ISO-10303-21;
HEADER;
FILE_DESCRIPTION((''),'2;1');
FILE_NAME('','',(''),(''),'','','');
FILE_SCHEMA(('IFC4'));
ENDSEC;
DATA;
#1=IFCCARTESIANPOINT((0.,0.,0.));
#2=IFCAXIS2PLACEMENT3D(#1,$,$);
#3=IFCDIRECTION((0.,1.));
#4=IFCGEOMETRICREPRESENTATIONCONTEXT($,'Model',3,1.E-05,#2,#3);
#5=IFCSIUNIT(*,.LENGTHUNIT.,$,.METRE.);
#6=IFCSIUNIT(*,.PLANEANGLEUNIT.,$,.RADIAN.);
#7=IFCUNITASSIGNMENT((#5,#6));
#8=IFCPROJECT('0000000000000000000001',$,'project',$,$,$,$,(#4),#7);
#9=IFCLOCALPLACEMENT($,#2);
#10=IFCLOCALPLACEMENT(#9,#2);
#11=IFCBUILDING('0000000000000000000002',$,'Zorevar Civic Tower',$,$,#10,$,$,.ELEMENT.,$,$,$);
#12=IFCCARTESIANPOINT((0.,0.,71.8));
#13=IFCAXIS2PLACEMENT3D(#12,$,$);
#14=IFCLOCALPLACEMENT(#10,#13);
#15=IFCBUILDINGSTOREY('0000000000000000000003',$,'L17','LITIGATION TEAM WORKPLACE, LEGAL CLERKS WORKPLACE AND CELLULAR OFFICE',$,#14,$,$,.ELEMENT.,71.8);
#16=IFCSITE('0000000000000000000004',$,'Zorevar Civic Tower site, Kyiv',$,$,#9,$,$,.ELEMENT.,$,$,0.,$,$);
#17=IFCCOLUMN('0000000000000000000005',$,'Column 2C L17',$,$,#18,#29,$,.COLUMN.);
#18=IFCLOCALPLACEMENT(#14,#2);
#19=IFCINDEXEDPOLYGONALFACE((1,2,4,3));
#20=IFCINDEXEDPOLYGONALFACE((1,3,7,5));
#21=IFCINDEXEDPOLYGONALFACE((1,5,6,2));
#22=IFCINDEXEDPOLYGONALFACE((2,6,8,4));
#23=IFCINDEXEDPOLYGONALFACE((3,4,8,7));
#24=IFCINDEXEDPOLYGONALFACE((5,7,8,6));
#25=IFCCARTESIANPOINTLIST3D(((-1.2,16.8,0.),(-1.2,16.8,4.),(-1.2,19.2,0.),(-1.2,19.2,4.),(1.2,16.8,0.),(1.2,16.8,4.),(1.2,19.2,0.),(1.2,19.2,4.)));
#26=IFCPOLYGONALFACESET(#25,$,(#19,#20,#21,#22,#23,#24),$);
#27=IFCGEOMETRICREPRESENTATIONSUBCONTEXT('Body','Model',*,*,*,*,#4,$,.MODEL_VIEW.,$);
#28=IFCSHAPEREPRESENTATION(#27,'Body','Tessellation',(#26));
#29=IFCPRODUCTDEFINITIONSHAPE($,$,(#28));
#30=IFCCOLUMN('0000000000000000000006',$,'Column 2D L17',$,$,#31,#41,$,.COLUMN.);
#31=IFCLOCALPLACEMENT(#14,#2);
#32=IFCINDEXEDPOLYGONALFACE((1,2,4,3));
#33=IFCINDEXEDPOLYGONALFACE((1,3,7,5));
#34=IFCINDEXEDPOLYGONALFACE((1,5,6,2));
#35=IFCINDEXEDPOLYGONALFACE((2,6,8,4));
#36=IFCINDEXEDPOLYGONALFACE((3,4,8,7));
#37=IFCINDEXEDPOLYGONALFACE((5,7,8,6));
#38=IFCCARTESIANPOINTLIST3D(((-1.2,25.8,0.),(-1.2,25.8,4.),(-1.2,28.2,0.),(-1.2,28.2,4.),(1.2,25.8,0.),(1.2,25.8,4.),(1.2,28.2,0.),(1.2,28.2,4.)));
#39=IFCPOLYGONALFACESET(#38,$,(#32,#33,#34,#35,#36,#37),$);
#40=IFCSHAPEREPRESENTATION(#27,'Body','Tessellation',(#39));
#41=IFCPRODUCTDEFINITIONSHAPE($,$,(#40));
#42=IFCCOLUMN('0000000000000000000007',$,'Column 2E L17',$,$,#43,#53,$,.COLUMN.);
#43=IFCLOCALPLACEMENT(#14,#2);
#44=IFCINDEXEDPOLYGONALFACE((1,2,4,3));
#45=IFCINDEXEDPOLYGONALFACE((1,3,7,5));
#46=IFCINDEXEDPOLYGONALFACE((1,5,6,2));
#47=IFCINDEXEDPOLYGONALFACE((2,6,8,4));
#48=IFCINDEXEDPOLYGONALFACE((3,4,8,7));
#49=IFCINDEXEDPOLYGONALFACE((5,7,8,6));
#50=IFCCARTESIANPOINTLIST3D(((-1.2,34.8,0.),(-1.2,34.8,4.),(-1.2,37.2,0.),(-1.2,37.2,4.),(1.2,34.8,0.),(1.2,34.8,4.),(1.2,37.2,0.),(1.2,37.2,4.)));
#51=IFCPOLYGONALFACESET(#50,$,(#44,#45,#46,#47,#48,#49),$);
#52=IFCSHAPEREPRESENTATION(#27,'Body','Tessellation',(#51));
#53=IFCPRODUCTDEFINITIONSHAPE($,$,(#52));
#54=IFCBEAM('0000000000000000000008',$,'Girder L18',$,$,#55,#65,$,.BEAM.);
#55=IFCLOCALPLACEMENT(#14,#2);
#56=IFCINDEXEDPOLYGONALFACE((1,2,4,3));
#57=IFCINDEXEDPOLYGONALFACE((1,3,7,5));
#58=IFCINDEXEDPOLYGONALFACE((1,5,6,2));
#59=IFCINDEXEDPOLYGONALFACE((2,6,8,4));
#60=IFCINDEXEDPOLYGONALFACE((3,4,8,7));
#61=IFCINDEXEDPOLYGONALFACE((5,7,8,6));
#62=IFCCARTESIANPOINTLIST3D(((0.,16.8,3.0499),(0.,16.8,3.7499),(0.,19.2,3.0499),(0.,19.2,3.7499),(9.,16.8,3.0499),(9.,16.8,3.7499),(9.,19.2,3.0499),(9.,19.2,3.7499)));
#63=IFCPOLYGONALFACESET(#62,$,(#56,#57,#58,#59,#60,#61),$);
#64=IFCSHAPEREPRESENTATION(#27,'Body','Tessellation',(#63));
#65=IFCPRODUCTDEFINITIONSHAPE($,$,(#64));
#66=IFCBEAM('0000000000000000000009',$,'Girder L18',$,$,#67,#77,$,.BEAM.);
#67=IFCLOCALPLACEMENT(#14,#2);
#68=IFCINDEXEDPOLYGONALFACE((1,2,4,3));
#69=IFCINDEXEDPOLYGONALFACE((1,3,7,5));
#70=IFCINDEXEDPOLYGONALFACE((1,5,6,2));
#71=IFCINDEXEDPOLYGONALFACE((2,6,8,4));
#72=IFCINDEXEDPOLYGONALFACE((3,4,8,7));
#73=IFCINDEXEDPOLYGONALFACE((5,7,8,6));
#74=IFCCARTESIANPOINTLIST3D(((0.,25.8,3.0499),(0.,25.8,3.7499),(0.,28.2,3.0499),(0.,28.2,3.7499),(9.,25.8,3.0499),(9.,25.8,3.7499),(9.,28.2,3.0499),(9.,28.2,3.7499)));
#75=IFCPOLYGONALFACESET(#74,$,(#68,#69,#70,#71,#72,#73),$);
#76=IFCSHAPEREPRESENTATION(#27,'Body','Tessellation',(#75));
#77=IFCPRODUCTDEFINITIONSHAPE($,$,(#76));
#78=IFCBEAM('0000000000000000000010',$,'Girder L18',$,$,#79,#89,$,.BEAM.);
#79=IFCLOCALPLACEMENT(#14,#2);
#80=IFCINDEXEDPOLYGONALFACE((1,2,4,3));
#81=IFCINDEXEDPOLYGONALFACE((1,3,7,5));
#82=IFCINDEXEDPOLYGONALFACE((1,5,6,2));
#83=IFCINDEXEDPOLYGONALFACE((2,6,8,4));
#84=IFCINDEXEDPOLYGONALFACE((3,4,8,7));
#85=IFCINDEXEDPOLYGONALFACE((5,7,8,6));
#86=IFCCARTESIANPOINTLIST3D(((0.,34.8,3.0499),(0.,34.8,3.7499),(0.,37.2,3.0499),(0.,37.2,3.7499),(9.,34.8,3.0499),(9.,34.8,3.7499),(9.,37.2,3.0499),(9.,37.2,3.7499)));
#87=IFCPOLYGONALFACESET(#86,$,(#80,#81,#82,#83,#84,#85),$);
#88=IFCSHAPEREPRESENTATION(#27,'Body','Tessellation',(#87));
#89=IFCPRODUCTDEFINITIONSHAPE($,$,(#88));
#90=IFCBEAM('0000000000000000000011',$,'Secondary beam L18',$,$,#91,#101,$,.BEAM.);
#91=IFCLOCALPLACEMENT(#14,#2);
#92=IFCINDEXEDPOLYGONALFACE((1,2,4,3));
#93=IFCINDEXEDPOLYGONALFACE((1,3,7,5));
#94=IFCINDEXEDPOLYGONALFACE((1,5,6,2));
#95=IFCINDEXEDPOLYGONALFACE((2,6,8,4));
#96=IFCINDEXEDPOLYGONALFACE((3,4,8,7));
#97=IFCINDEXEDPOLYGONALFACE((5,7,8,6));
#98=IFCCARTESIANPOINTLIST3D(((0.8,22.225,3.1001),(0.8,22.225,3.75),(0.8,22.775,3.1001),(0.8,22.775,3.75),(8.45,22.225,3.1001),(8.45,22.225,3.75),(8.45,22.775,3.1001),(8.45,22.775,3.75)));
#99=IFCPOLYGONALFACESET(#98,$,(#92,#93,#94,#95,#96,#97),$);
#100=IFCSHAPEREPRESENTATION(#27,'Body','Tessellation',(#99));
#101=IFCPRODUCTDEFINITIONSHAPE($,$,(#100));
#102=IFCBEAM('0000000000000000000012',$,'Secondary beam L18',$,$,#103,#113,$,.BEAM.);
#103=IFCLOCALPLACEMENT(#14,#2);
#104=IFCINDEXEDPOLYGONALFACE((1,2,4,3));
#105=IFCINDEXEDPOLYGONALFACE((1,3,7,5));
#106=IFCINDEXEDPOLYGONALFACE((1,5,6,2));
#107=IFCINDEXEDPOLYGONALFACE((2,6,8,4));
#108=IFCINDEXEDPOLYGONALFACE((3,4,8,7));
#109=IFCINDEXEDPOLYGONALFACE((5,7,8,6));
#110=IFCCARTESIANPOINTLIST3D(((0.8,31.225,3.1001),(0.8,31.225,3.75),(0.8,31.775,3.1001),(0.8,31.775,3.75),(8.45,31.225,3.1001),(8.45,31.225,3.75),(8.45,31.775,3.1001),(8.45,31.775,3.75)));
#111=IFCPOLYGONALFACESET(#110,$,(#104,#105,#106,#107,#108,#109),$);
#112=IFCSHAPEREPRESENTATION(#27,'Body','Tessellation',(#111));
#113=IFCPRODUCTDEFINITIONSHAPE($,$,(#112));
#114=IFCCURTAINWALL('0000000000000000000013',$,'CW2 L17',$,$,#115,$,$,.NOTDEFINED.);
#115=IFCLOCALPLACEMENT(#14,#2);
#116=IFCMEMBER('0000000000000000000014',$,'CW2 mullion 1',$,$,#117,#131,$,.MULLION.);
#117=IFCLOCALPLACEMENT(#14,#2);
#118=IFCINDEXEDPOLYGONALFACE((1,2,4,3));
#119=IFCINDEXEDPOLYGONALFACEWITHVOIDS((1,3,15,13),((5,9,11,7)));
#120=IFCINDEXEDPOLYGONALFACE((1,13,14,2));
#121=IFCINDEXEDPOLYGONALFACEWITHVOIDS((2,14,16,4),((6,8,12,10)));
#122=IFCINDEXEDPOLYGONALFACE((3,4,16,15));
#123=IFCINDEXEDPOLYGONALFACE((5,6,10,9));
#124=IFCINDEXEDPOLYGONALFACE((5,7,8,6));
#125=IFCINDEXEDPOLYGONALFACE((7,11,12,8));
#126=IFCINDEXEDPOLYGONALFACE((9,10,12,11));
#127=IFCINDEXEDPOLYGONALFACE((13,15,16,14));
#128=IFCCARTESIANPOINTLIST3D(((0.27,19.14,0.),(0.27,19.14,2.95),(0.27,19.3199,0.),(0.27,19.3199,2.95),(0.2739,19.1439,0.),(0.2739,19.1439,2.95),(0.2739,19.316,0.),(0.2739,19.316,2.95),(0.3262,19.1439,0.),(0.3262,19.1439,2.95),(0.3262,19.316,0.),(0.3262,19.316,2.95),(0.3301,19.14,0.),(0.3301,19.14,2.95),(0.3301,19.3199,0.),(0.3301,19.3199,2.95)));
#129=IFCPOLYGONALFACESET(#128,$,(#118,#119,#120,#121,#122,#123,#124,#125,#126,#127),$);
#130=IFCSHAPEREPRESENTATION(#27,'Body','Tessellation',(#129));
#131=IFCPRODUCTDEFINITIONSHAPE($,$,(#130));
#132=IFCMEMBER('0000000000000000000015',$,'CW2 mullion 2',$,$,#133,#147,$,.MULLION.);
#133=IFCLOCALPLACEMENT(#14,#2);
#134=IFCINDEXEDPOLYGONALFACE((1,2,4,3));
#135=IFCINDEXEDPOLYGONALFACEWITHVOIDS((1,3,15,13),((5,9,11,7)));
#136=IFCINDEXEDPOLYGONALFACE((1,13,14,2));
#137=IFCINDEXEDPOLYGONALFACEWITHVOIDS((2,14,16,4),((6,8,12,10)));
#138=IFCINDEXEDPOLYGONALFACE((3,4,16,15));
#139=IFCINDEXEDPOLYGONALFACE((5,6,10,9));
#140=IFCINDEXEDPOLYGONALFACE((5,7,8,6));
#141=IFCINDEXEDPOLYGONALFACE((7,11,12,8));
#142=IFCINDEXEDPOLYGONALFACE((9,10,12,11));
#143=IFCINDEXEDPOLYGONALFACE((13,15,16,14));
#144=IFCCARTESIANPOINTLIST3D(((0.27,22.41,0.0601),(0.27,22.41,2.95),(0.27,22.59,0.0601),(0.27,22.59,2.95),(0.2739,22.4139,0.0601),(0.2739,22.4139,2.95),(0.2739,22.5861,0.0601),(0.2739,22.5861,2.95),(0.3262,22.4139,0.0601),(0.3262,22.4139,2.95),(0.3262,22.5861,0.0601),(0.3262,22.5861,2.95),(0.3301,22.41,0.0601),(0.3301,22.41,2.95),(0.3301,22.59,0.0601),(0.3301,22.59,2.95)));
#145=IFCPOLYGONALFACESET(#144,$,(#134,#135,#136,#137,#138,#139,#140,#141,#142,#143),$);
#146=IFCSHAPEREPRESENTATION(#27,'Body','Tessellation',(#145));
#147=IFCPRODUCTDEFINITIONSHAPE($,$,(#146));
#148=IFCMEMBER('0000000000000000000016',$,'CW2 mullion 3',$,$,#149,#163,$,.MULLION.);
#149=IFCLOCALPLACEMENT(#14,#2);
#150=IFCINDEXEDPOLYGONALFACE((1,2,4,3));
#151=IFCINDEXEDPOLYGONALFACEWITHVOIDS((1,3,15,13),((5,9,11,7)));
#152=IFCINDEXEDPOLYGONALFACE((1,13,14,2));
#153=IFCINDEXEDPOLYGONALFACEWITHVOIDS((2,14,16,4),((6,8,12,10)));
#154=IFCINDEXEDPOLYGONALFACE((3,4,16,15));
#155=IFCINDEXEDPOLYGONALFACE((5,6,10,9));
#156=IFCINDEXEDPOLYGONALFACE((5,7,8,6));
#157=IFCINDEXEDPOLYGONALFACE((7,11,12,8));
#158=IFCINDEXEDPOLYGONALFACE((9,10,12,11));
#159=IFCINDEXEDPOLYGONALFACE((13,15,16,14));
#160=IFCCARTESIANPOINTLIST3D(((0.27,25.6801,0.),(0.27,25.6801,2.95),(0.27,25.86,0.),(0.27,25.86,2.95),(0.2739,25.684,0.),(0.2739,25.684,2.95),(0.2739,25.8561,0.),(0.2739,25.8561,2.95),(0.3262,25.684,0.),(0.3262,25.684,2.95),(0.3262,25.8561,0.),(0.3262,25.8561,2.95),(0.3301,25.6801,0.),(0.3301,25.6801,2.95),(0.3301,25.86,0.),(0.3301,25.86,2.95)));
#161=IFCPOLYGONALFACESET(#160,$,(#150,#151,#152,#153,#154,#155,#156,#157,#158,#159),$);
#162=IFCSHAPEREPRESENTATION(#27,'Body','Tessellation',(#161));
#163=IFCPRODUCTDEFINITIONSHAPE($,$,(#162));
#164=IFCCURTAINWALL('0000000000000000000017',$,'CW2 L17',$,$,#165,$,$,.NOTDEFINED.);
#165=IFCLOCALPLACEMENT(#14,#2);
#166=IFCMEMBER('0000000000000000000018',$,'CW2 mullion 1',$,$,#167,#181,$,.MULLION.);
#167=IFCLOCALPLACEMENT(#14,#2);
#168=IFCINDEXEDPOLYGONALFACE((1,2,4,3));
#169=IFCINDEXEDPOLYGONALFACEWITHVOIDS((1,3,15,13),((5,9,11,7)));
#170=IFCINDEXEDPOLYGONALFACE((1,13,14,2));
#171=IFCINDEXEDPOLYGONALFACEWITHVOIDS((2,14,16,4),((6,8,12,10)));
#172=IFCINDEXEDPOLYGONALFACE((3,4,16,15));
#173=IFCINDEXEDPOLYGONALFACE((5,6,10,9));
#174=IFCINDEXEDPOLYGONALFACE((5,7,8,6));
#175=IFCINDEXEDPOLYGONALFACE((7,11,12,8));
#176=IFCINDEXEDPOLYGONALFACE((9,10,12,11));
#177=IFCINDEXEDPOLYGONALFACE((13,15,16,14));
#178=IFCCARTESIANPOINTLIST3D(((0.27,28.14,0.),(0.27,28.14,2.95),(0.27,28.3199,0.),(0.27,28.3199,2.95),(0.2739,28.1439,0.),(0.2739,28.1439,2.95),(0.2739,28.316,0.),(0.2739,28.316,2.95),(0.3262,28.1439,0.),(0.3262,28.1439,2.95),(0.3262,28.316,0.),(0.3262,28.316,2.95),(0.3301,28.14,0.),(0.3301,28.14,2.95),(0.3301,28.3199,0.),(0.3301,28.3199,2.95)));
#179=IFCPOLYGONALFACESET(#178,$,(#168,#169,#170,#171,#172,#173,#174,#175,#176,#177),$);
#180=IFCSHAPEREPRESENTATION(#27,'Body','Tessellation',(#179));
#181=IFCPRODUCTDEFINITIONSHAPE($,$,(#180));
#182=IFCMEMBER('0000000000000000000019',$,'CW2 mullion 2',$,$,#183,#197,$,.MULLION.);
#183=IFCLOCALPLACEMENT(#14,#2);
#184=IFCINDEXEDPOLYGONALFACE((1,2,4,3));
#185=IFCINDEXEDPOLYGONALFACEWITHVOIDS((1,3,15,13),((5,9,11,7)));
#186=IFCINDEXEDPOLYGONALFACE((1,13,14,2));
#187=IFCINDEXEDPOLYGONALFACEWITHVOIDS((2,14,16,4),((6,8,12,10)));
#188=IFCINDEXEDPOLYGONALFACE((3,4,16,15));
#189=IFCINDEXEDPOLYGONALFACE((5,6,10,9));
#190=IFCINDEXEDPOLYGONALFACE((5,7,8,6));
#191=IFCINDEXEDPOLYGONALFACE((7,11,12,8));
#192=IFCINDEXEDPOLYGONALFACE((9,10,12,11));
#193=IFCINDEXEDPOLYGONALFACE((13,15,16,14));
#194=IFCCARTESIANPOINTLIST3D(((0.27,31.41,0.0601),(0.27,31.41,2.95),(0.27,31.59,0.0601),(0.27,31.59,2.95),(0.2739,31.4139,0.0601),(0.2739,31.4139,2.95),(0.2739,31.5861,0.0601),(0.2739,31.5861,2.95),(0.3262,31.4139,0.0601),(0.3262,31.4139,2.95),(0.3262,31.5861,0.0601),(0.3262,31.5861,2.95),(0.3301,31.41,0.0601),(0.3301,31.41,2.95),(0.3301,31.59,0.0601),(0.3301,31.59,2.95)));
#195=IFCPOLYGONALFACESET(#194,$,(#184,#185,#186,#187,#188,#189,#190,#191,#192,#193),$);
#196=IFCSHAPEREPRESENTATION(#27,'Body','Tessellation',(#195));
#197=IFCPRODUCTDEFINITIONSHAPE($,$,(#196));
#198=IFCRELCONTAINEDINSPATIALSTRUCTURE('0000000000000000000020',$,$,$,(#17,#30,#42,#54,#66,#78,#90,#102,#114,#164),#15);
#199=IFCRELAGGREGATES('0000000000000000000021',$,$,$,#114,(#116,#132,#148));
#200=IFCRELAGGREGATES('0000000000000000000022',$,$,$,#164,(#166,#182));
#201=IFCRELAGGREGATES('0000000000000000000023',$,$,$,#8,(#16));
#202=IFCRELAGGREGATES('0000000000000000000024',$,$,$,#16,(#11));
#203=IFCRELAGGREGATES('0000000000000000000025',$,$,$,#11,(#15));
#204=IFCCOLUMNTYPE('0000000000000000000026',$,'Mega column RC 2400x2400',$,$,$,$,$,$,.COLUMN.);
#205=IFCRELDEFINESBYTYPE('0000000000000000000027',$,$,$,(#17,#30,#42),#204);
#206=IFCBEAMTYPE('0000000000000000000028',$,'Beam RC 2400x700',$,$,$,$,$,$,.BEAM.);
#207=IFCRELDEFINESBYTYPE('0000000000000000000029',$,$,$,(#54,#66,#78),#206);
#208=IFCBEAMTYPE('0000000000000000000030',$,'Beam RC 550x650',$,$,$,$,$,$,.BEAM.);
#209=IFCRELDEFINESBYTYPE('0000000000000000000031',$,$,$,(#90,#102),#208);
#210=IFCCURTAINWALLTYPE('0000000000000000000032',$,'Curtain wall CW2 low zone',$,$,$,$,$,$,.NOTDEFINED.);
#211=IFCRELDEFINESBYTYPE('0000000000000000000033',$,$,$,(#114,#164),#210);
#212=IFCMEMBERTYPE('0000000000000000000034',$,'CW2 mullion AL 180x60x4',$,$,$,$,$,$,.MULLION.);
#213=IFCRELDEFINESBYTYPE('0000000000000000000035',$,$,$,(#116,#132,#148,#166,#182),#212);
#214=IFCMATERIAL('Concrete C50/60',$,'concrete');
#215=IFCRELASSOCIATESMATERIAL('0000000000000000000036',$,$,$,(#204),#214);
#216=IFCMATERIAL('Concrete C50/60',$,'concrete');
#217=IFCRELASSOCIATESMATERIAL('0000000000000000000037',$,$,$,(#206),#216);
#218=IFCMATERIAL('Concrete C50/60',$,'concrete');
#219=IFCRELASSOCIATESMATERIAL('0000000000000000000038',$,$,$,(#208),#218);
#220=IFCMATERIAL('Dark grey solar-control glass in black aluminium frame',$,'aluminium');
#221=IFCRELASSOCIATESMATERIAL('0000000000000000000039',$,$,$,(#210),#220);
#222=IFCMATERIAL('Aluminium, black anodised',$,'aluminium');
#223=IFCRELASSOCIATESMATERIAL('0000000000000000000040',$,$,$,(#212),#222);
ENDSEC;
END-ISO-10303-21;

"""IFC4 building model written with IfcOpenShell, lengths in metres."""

from ifc_helpers import new_model, si_unit, direction, frame, origin, origin_2d, place, context, subcontext, project, spatial, rectangle, hollow_rectangle, extrude, material, material_profile, profile_set, type_object, element, aggregate, save


model = new_model("IFC4")

# Units and contexts
model_context = context("Model", 3, precision=1e-05, world=origin(), true_north=direction((0.0, 1.0)))
body_context = subcontext(model_context, "Body", "Model", "MODEL_VIEW")
ifc_project = project(units=[si_unit("LENGTHUNIT", "METRE"), si_unit("PLANEANGLEUNIT", "RADIAN")], contexts=[model_context])

# Site, building, storey
site_placement = place(None, origin())
site = spatial("IfcSite", under=ifc_project, at=site_placement, Name="Zorevar Civic Tower site, Kyiv", CompositionType="ELEMENT", RefElevation=0.0)
building_placement = place(site_placement, origin())
building = spatial("IfcBuilding", under=site, at=building_placement, Name="Zorevar Civic Tower", CompositionType="ELEMENT")
storey_placement = place(building_placement, frame((0.0, 0.0, 71.8)))
storey = spatial("IfcBuildingStorey", under=building, at=storey_placement, Name="L17", Description="LITIGATION TEAM WORKPLACE, LEGAL CLERKS WORKPLACE AND CELLULAR OFFICE", CompositionType="ELEMENT", Elevation=71.8)

# Columns
ifc_material_1 = material(Name="Concrete C50/60", Category="concrete")
ifc_material_profile_1 = material_profile(ifc_material_1, rectangle(XDim=2.3999, YDim=2.3999, at=origin_2d()), Name="RC 2400x2400")
ifc_profile_set_1 = profile_set([ifc_material_profile_1], Name="Concrete C50/60")
column_type = type_object("IfcColumnType", Name="Mega column RC 2400x2400", PredefinedType="COLUMN", material=ifc_profile_set_1)
for number, where, z_axis, x_axis, name in (
    (1, (0.0, 18.0, 0.0), (0.0, 0.0, 1.0), (1.0, 0.0, 0.0), "Column 2C L17"),
    (2, (0.0, 27.0, 0.0), (0.0, 0.0, 1.0), (1.0, 0.0, 0.0), "Column 2D L17"),
    (3, (0.0, 36.0, 0.0), (0.0, 0.0, 1.0), (1.0, 0.0, 0.0), "Column 2E L17"),
):
    element("IfcColumn", number, at=place(storey_placement, frame(where, z_axis=z_axis, x_axis=x_axis)), inside=storey, type_object=column_type, Name=name, PredefinedType="COLUMN", context=body_context, shape_type="SweptSolid", body=[
        extrude(rectangle(XDim=2.3999, YDim=2.3999, at=origin_2d()), origin(), (0.0, 0.0, 1.0), 4.0),
    ])

# Beams
ifc_material_2 = material(Name="Concrete C50/60", Category="concrete")
ifc_material_profile_2 = material_profile(ifc_material_2, rectangle(XDim=2.3999, YDim=0.7, at=origin_2d()), Name="RC 2400x700")
ifc_profile_set_2 = profile_set([ifc_material_profile_2], Name="Concrete C50/60")
beam_type_1 = type_object("IfcBeamType", Name="Beam RC 2400x700", PredefinedType="BEAM", material=ifc_profile_set_2)
for number, where, z_axis, x_axis, name in (
    (4, (0.0, 18.0, 3.3999), (1.0, 0.0, 0.0), (0.0, 1.0, 0.0), "Girder L18"),
    (5, (0.0, 27.0, 3.3999), (1.0, 0.0, 0.0), (0.0, 1.0, 0.0), "Girder L18"),
    (6, (0.0, 36.0, 3.3999), (1.0, 0.0, 0.0), (0.0, 1.0, 0.0), "Girder L18"),
):
    element("IfcBeam", number, at=place(storey_placement, frame(where, z_axis=z_axis, x_axis=x_axis)), inside=storey, type_object=beam_type_1, Name=name, PredefinedType="BEAM", context=body_context, shape_type="SweptSolid", body=[
        extrude(rectangle(XDim=2.3999, YDim=0.7, at=origin_2d()), origin(), (0.0, 0.0, 1.0), 9.0),
    ])
ifc_material_3 = material(Name="Concrete C50/60", Category="concrete")
ifc_material_profile_3 = material_profile(ifc_material_3, rectangle(XDim=0.55, YDim=0.6499, at=origin_2d()), Name="RC 550x650")
ifc_profile_set_3 = profile_set([ifc_material_profile_3], Name="Concrete C50/60")
beam_type_2 = type_object("IfcBeamType", Name="Beam RC 550x650", PredefinedType="BEAM", material=ifc_profile_set_3)
for number, where, z_axis, x_axis, name in (
    (7, (0.8, 22.5, 3.425), (1.0, 0.0, 0.0), (0.0, 1.0, 0.0), "Secondary beam L18"),
    (8, (0.8, 31.5, 3.425), (1.0, 0.0, 0.0), (0.0, 1.0, 0.0), "Secondary beam L18"),
):
    element("IfcBeam", number, at=place(storey_placement, frame(where, z_axis=z_axis, x_axis=x_axis)), inside=storey, type_object=beam_type_2, Name=name, PredefinedType="BEAM", context=body_context, shape_type="SweptSolid", body=[
        extrude(rectangle(XDim=0.55, YDim=0.6499, at=origin_2d()), origin(), (0.0, 0.0, 1.0), 7.6499),
    ])

# Curtain walls, members
ifc_material_4 = material(Name="Dark grey solar-control glass in black aluminium frame", Category="aluminium")
curtain_wall_type = type_object("IfcCurtainWallType", Name="Curtain wall CW2 low zone", PredefinedType="NOTDEFINED", material=ifc_material_4)
curtain_wall_1_placement = place(storey_placement, origin())
curtain_wall_1 = element("IfcCurtainWall", 9, at=curtain_wall_1_placement, inside=storey, type_object=curtain_wall_type, Name="CW2 L17", PredefinedType="NOTDEFINED")
ifc_material_5 = material(Name="Aluminium, black anodised", Category="aluminium")
ifc_material_profile_4 = material_profile(ifc_material_5, hollow_rectangle(XDim=0.0601, YDim=0.1799, WallThickness=0.0039, at=origin_2d()), Name="AL 180x60x4")
ifc_profile_set_4 = profile_set([ifc_material_profile_4], Name="Aluminium, black anodised")
member_type_1 = type_object("IfcMemberType", Name="CW2 mullion AL 180x60x4", PredefinedType="MULLION", material=ifc_profile_set_4)
member_1_placement = place(storey_placement, frame((0.3, 19.23, 0.0), z_axis=(0.0, 0.0, 1.0), x_axis=(-1.0, 0.0, 0.0)))
member_1 = element("IfcMember", 10, at=member_1_placement, type_object=member_type_1, Name="CW2 mullion 1", PredefinedType="MULLION", context=body_context, shape_type="SweptSolid", body=[
    extrude(hollow_rectangle(XDim=0.0601, YDim=0.1799, WallThickness=0.0039, at=origin_2d()), origin(), (0.0, 0.0, 1.0), 2.95),
])
member_2_placement = place(storey_placement, frame((0.3, 22.5, 0.0601), z_axis=(0.0, 0.0, 1.0), x_axis=(-1.0, 0.0, 0.0)))
member_2 = element("IfcMember", 11, at=member_2_placement, type_object=member_type_1, Name="CW2 mullion 2", PredefinedType="MULLION", context=body_context, shape_type="SweptSolid", body=[
    extrude(hollow_rectangle(XDim=0.0601, YDim=0.1799, WallThickness=0.0039, at=origin_2d()), origin(), (0.0, 0.0, 1.0), 2.8899),
])
member_3_placement = place(storey_placement, frame((0.3, 25.77, 0.0), z_axis=(0.0, 0.0, 1.0), x_axis=(-1.0, 0.0, 0.0)))
member_3 = element("IfcMember", 12, at=member_3_placement, type_object=member_type_1, Name="CW2 mullion 3", PredefinedType="MULLION", context=body_context, shape_type="SweptSolid", body=[
    extrude(hollow_rectangle(XDim=0.0601, YDim=0.1799, WallThickness=0.0039, at=origin_2d()), origin(), (0.0, 0.0, 1.0), 2.95),
])
curtain_wall_2_placement = place(storey_placement, origin())
curtain_wall_2 = element("IfcCurtainWall", 13, at=curtain_wall_2_placement, inside=storey, type_object=curtain_wall_type, Name="CW2 L17", PredefinedType="NOTDEFINED")
member_4_placement = place(storey_placement, frame((0.3, 28.23, 0.0), z_axis=(0.0, 0.0, 1.0), x_axis=(-1.0, 0.0, 0.0)))
member_4 = element("IfcMember", 14, at=member_4_placement, type_object=member_type_1, Name="CW2 mullion 1", PredefinedType="MULLION", context=body_context, shape_type="SweptSolid", body=[
    extrude(hollow_rectangle(XDim=0.0601, YDim=0.1799, WallThickness=0.0039, at=origin_2d()), origin(), (0.0, 0.0, 1.0), 2.95),
])
member_5_placement = place(storey_placement, frame((0.3, 31.5, 0.0601), z_axis=(0.0, 0.0, 1.0), x_axis=(-1.0, 0.0, 0.0)))
member_5 = element("IfcMember", 15, at=member_5_placement, type_object=member_type_1, Name="CW2 mullion 2", PredefinedType="MULLION", context=body_context, shape_type="SweptSolid", body=[
    extrude(hollow_rectangle(XDim=0.0601, YDim=0.1799, WallThickness=0.0039, at=origin_2d()), origin(), (0.0, 0.0, 1.0), 2.8899),
])

aggregate(curtain_wall_1, [member_1, member_2, member_3])
aggregate(curtain_wall_2, [member_4, member_5])

save(model, "model.ifc")
